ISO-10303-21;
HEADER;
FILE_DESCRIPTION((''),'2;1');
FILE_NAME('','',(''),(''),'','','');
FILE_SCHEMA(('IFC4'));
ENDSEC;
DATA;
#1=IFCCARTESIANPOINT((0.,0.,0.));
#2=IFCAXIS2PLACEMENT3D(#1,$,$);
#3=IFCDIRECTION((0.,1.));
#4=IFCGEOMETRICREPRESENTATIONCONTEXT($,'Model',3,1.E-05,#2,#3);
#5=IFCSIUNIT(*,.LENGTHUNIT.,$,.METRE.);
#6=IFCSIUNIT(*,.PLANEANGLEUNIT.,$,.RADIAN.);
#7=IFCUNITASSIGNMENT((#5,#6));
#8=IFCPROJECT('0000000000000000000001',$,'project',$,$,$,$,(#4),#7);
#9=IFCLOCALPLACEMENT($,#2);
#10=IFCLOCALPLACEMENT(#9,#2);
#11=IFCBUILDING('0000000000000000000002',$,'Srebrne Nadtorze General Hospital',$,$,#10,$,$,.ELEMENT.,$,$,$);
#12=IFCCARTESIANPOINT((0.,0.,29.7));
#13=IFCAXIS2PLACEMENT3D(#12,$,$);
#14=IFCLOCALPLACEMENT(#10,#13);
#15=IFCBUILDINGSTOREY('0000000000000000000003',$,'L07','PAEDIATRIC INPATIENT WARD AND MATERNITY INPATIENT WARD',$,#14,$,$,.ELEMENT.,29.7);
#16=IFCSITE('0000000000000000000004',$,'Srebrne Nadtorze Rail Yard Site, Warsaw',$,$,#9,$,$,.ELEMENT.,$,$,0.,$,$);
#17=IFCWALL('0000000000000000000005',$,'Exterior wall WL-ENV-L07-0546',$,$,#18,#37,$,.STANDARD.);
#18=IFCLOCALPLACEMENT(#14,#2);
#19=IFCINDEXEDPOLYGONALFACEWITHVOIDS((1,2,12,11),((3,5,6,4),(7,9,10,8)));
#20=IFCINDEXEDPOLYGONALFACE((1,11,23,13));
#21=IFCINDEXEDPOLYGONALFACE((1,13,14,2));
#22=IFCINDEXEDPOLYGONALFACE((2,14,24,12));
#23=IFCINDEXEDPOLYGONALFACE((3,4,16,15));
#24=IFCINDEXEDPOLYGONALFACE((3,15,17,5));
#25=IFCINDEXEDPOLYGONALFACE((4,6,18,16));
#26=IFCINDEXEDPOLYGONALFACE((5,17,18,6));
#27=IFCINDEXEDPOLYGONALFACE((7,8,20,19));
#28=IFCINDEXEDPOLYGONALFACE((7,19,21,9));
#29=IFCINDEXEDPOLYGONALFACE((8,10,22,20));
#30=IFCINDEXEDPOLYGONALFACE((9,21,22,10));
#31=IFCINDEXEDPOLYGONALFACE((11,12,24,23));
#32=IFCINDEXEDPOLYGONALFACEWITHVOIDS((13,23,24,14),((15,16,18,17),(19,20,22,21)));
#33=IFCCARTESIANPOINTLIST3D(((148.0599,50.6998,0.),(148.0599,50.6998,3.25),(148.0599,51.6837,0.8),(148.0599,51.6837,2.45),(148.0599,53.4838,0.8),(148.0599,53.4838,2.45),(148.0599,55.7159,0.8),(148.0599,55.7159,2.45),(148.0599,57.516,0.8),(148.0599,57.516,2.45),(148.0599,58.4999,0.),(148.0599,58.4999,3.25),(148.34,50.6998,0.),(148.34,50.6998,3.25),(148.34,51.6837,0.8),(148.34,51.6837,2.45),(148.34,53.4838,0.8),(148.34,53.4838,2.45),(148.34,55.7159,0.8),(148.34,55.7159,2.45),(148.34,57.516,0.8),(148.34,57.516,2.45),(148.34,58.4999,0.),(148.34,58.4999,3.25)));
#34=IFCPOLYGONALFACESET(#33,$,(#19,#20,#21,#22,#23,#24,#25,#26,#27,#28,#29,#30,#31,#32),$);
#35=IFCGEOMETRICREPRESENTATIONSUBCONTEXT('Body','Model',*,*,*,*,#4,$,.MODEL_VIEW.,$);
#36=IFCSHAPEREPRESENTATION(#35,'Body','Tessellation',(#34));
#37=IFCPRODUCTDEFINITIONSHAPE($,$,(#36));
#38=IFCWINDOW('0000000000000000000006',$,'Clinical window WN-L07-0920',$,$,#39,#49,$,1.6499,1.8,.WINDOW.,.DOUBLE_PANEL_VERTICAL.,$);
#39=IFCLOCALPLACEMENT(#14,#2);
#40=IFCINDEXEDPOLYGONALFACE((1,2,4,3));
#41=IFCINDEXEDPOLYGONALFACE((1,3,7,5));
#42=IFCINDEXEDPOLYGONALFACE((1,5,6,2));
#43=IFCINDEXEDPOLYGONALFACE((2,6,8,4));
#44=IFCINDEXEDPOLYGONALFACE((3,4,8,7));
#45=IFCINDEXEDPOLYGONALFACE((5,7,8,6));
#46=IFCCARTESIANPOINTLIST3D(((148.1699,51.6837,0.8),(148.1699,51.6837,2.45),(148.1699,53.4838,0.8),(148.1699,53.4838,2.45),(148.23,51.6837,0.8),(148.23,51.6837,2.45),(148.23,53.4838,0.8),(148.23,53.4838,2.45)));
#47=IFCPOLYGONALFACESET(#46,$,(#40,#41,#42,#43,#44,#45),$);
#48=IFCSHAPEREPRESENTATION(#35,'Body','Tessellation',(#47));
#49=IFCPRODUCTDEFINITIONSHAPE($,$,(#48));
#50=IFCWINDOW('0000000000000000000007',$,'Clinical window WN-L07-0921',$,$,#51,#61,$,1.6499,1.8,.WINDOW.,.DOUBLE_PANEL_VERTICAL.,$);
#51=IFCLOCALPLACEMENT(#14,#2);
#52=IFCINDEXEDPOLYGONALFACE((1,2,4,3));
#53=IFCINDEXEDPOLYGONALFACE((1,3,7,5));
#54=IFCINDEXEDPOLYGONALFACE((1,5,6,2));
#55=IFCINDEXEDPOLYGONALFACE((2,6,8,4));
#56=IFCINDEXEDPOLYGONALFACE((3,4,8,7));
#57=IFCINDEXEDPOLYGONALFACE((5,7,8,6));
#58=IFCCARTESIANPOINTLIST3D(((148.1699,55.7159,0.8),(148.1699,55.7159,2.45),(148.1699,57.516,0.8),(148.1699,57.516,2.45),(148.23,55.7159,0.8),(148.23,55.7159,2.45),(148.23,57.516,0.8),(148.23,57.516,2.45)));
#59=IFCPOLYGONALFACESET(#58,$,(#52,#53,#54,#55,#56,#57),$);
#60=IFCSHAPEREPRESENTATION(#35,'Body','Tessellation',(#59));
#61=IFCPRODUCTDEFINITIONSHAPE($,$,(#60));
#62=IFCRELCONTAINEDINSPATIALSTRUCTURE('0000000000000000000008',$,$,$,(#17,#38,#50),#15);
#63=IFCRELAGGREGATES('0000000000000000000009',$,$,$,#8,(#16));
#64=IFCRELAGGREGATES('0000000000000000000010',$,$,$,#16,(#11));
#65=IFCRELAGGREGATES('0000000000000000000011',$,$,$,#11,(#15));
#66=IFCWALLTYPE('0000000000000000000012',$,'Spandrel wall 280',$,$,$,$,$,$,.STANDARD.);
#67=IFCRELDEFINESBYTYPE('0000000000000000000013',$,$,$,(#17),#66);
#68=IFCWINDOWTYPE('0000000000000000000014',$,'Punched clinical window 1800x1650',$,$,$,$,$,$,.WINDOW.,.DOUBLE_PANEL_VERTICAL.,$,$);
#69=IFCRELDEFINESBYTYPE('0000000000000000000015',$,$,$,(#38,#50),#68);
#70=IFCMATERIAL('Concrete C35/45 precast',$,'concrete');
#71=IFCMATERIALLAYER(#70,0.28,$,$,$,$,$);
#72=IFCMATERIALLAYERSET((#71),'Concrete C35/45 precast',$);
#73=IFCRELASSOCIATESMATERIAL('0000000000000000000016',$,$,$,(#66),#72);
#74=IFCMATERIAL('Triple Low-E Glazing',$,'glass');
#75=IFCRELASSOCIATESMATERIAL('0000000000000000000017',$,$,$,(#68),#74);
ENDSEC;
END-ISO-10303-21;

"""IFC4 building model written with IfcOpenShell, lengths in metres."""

from ifc_helpers import new_model, si_unit, direction, frame, frame_2d, origin, place, context, subcontext, project, spatial, rectangle, extrude, material, layer, layer_set, type_object, element, fill, save


model = new_model("IFC4")

# Units and contexts
model_context = context("Model", 3, precision=1e-05, world=origin(), true_north=direction((0.0, 1.0)))
body_context = subcontext(model_context, "Body", "Model", "MODEL_VIEW")
ifc_project = project(units=[si_unit("LENGTHUNIT", "METRE"), si_unit("PLANEANGLEUNIT", "RADIAN")], contexts=[model_context])

# Site, building, storey
site_placement = place(None, origin())
site = spatial("IfcSite", under=ifc_project, at=site_placement, Name="Srebrne Nadtorze Rail Yard Site, Warsaw", CompositionType="ELEMENT", RefElevation=0.0)
building_placement = place(site_placement, origin())
building = spatial("IfcBuilding", under=site, at=building_placement, Name="Srebrne Nadtorze General Hospital", CompositionType="ELEMENT")
storey_placement = place(building_placement, frame((0.0, 0.0, 29.7)))
storey = spatial("IfcBuildingStorey", under=building, at=storey_placement, Name="L07", Description="PAEDIATRIC INPATIENT WARD AND MATERNITY INPATIENT WARD", CompositionType="ELEMENT", Elevation=29.7)

# Wall, openings, windows
ifc_material_1 = material(Name="Concrete C35/45 precast", Category="concrete")
ifc_layer_1 = layer(ifc_material_1, 0.28)
ifc_layer_set_1 = layer_set([ifc_layer_1], Name="Concrete C35/45 precast")
wall_type_1 = type_object("IfcWallType", Name="Spandrel wall 280", PredefinedType="STANDARD", material=ifc_layer_set_1)
wall_1_placement = place(storey_placement, frame((148.2, 50.7, 0.0), z_axis=(0.0, 0.0, 1.0), x_axis=(0.0, 1.0, 0.0)))
wall_1 = element("IfcWall", 1, at=wall_1_placement, inside=storey, type_object=wall_type_1, Name="Exterior wall WL-ENV-L07-0546", PredefinedType="STANDARD", context=body_context, shape_type="SweptSolid", body=[
    extrude(rectangle(XDim=7.8, YDim=0.28, at=frame_2d((3.8999, 0.0))), origin(), (0.0, 0.0, 1.0), 3.25),
])
opening_1_placement = place(wall_1_placement, frame((0.9839, 0.0, 0.8)))
opening_1 = element("IfcOpeningElement", 2, at=opening_1_placement, cuts=wall_1, PredefinedType="OPENING", context=body_context, shape_type="SweptSolid", body=[
    extrude(rectangle(XDim=1.8, YDim=1.6499, at=frame_2d((0.8999, 0.825))), frame((0.0, 0.1519, 0.0), z_axis=(0.0, -1.0, 0.0), x_axis=(1.0, 0.0, 0.0)), (0.0, 0.0, 1.0), 0.304),
])
opening_2_placement = place(wall_1_placement, frame((5.0161, 0.0, 0.8)))
opening_2 = element("IfcOpeningElement", 3, at=opening_2_placement, cuts=wall_1, PredefinedType="OPENING", context=body_context, shape_type="SweptSolid", body=[
    extrude(rectangle(XDim=1.8, YDim=1.6499, at=frame_2d((0.8999, 0.825))), frame((0.0, 0.1519, 0.0), z_axis=(0.0, -1.0, 0.0), x_axis=(1.0, 0.0, 0.0)), (0.0, 0.0, 1.0), 0.304),
])
ifc_material_2 = material(Name="Triple Low-E Glazing", Category="glass")
window_type = type_object("IfcWindowType", Name="Punched clinical window 1800x1650", PartitioningType="DOUBLE_PANEL_VERTICAL", PredefinedType="WINDOW", material=ifc_material_2)
window_1_placement = place(opening_1_placement, origin())
window_1 = element("IfcWindow", 4, at=window_1_placement, inside=storey, type_object=window_type, Name="Clinical window WN-L07-0920", OverallHeight=1.6499, OverallWidth=1.8, PartitioningType="DOUBLE_PANEL_VERTICAL", PredefinedType="WINDOW", context=body_context, shape_type="SweptSolid", body=[
    extrude(rectangle(XDim=1.8, YDim=1.6499, at=frame_2d((0.8999, 0.825))), frame((0.0, 0.03, 0.0), z_axis=(0.0, -1.0, 0.0), x_axis=(1.0, 0.0, 0.0)), (0.0, 0.0, 1.0), 0.0601),
])
fill(opening_1, window_1)
window_2_placement = place(opening_2_placement, origin())
window_2 = element("IfcWindow", 5, at=window_2_placement, inside=storey, type_object=window_type, Name="Clinical window WN-L07-0921", OverallHeight=1.6499, OverallWidth=1.8, PartitioningType="DOUBLE_PANEL_VERTICAL", PredefinedType="WINDOW", context=body_context, shape_type="SweptSolid", body=[
    extrude(rectangle(XDim=1.8, YDim=1.6499, at=frame_2d((0.8999, 0.825))), frame((0.0, 0.03, 0.0), z_axis=(0.0, -1.0, 0.0), x_axis=(1.0, 0.0, 0.0)), (0.0, 0.0, 1.0), 0.0601),
])
fill(opening_2, window_2)

save(model, "model.ifc")
